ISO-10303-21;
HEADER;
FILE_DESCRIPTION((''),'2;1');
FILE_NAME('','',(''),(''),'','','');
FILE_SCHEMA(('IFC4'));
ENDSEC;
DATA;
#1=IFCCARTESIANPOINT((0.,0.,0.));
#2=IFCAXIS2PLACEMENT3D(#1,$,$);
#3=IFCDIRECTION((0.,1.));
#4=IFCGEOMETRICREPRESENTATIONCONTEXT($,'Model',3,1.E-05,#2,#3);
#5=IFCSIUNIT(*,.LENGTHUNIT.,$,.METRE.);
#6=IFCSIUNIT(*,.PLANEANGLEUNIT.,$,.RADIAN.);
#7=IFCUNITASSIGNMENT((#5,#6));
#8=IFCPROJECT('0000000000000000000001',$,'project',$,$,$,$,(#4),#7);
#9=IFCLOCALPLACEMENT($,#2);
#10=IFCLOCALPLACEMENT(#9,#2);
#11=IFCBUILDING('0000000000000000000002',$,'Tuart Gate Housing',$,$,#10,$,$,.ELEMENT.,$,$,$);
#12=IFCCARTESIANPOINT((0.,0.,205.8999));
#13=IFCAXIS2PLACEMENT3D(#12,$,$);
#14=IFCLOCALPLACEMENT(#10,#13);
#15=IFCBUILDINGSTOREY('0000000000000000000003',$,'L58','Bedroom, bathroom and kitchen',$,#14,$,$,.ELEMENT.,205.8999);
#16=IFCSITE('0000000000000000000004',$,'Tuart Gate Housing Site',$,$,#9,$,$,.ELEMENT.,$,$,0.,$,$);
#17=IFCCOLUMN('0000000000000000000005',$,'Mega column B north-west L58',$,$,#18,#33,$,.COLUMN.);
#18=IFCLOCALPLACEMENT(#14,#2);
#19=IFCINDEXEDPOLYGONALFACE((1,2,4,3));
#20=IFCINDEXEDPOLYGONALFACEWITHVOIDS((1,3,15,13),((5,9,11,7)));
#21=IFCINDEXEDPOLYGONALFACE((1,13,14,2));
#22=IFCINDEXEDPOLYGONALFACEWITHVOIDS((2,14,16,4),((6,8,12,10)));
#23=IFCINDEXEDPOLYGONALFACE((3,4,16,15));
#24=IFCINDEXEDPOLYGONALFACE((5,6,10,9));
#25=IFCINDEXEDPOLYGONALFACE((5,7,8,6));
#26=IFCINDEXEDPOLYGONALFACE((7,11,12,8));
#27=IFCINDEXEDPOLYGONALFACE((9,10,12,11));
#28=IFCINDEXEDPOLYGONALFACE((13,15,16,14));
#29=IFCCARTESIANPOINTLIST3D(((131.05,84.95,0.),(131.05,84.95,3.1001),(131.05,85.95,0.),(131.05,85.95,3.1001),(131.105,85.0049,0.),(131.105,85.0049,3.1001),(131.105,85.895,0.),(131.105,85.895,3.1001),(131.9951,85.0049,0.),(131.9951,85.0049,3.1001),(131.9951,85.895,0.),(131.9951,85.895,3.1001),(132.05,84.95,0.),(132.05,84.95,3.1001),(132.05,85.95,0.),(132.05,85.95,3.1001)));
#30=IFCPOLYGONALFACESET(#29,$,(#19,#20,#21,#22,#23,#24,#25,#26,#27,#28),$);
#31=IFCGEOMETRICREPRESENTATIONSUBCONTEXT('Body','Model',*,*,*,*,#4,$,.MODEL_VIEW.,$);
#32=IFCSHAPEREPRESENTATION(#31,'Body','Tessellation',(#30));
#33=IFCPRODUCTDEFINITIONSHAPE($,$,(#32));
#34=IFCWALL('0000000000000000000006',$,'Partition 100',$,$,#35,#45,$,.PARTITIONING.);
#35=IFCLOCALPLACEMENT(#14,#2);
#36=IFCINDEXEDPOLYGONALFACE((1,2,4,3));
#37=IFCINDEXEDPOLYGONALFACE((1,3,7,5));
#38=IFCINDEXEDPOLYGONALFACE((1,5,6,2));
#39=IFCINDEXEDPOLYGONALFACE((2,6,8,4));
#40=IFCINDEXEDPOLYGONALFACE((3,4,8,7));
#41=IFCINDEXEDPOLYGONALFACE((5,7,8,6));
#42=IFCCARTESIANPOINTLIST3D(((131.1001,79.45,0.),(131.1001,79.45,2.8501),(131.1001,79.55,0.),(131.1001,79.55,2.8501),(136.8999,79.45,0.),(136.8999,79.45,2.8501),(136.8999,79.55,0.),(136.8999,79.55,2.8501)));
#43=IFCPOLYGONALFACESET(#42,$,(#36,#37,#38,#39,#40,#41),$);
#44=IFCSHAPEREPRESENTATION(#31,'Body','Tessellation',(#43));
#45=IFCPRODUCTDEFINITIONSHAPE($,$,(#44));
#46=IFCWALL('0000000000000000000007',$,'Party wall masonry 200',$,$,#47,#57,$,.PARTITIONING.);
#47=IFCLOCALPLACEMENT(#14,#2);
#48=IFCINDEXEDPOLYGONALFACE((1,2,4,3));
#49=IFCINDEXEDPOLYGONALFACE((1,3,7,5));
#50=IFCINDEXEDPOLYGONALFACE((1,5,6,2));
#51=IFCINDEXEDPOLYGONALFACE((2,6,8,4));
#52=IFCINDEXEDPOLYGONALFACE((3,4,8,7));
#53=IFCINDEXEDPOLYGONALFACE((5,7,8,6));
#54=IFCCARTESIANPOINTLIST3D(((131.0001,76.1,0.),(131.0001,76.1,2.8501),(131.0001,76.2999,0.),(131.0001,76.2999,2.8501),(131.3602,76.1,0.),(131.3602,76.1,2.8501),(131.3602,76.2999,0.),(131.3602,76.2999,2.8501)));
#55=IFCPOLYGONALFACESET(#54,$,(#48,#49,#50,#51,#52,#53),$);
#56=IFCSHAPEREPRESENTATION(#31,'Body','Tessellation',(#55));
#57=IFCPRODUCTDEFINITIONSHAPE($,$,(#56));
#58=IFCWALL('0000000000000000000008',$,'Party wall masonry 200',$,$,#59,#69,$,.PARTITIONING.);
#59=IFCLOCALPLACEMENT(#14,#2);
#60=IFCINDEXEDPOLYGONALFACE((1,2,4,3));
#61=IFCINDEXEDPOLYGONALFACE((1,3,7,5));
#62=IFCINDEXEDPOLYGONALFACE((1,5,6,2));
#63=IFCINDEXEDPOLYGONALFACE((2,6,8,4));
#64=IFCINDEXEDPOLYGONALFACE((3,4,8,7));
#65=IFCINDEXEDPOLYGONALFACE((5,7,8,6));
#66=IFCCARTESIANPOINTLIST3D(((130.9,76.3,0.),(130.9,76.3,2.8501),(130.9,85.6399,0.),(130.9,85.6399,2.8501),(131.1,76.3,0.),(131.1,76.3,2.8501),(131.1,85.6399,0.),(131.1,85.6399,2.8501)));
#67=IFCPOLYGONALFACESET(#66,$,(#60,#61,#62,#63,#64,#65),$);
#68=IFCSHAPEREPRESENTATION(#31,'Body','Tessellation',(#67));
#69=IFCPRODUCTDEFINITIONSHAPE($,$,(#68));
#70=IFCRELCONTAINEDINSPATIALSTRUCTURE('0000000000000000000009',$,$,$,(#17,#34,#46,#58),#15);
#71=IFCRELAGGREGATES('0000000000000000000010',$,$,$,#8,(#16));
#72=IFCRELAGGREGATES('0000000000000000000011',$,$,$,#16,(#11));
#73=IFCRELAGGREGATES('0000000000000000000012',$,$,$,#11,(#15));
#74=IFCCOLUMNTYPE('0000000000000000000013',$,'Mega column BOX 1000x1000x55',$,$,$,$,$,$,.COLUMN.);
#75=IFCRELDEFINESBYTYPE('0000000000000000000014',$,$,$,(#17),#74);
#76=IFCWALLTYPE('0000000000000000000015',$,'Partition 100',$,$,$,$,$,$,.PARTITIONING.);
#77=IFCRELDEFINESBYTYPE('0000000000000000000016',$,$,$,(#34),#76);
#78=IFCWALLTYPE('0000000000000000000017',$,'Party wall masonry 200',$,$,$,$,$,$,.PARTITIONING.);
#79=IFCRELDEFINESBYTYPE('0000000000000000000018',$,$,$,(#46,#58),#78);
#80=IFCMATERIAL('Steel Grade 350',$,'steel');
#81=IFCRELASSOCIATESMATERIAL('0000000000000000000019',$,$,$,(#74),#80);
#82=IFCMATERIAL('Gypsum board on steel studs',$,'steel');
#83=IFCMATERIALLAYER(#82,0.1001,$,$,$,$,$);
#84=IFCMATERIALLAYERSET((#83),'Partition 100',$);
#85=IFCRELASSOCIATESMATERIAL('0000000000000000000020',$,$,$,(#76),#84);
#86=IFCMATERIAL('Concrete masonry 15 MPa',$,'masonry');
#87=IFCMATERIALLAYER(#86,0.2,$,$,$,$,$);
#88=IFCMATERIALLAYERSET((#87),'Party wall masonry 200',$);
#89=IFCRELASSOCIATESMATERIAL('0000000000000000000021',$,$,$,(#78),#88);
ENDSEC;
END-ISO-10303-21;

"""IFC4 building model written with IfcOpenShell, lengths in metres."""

from ifc_helpers import new_model, si_unit, direction, frame, frame_2d, origin, origin_2d, place, context, subcontext, project, spatial, rectangle, hollow_rectangle, extrude, material, layer, layer_set, material_profile, profile_set, type_object, element, save


model = new_model("IFC4")

# Units and contexts
model_context = context("Model", 3, precision=1e-05, world=origin(), true_north=direction((0.0, 1.0)))
body_context = subcontext(model_context, "Body", "Model", "MODEL_VIEW")
ifc_project = project(units=[si_unit("LENGTHUNIT", "METRE"), si_unit("PLANEANGLEUNIT", "RADIAN")], contexts=[model_context])

# Site, building, storey
site_placement = place(None, origin())
site = spatial("IfcSite", under=ifc_project, at=site_placement, Name="Tuart Gate Housing Site", CompositionType="ELEMENT", RefElevation=0.0)
building_placement = place(site_placement, origin())
building = spatial("IfcBuilding", under=site, at=building_placement, Name="Tuart Gate Housing", CompositionType="ELEMENT")
storey_placement = place(building_placement, frame((0.0, 0.0, 205.8999)))
storey = spatial("IfcBuildingStorey", under=building, at=storey_placement, Name="L58", Description="Bedroom, bathroom and kitchen", CompositionType="ELEMENT", Elevation=205.8999)

# Column
ifc_material_1 = material(Name="Steel Grade 350", Category="steel")
ifc_material_profile = material_profile(ifc_material_1, hollow_rectangle(XDim=1.0, YDim=1.0, WallThickness=0.0549, at=origin_2d()), Name="BOX 1000x1000x55")
ifc_profile_set = profile_set([ifc_material_profile], Name="Steel Grade 350")
column_type = type_object("IfcColumnType", Name="Mega column BOX 1000x1000x55", PredefinedType="COLUMN", material=ifc_profile_set)
column_placement = place(storey_placement, frame((131.55, 85.45, 0.0), z_axis=(0.0, 0.0, 1.0), x_axis=(1.0, 0.0, 0.0)))
element("IfcColumn", 1, at=column_placement, inside=storey, type_object=column_type, Name="Mega column B north-west L58", PredefinedType="COLUMN", context=body_context, shape_type="SweptSolid", body=[
    extrude(hollow_rectangle(XDim=1.0, YDim=1.0, WallThickness=0.0549, at=origin_2d()), origin(), (0.0, 0.0, 1.0), 3.1001),
])

# Walls
ifc_material_2 = material(Name="Gypsum board on steel studs", Category="steel")
ifc_layer_1 = layer(ifc_material_2, 0.1001)
ifc_layer_set_1 = layer_set([ifc_layer_1], Name="Partition 100")
wall_type_1 = type_object("IfcWallType", Name="Partition 100", PredefinedType="PARTITIONING", material=ifc_layer_set_1)
wall_1_placement = place(storey_placement, frame((131.1001, 79.5, 0.0), z_axis=(0.0, 0.0, 1.0), x_axis=(1.0, 0.0, 0.0)))
element("IfcWall", 2, at=wall_1_placement, inside=storey, type_object=wall_type_1, Name="Partition 100", PredefinedType="PARTITIONING", context=body_context, shape_type="SweptSolid", body=[
    extrude(rectangle(XDim=5.7998, YDim=0.1001, at=frame_2d((2.8999, 0.0))), origin(), (0.0, 0.0, 1.0), 2.8501),
])
ifc_material_3 = material(Name="Concrete masonry 15 MPa", Category="masonry")
ifc_layer_2 = layer(ifc_material_3, 0.2)
ifc_layer_set_2 = layer_set([ifc_layer_2], Name="Party wall masonry 200")
wall_type_2 = type_object("IfcWallType", Name="Party wall masonry 200", PredefinedType="PARTITIONING", material=ifc_layer_set_2)
wall_2_placement = place(storey_placement, frame((131.0, 76.2, 0.0), z_axis=(0.0, 0.0, 1.0), x_axis=(1.0, 0.0, 0.0)))
element("IfcWall", 3, at=wall_2_placement, inside=storey, type_object=wall_type_2, Name="Party wall masonry 200", PredefinedType="PARTITIONING", context=body_context, shape_type="SweptSolid", body=[
    extrude(rectangle(XDim=0.3601, YDim=0.2, at=frame_2d((0.1802, 0.0))), origin(), (0.0, 0.0, 1.0), 2.8501),
])
wall_3_placement = place(storey_placement, frame((131.0, 76.3, 0.0), z_axis=(0.0, 0.0, 1.0), x_axis=(0.0, 1.0, 0.0)))
element("IfcWall", 4, at=wall_3_placement, inside=storey, type_object=wall_type_2, Name="Party wall masonry 200", PredefinedType="PARTITIONING", context=body_context, shape_type="SweptSolid", body=[
    extrude(rectangle(XDim=9.3398, YDim=0.2, at=frame_2d((4.6699, 0.0))), origin(), (0.0, 0.0, 1.0), 2.8501),
])

save(model, "model.ifc")
